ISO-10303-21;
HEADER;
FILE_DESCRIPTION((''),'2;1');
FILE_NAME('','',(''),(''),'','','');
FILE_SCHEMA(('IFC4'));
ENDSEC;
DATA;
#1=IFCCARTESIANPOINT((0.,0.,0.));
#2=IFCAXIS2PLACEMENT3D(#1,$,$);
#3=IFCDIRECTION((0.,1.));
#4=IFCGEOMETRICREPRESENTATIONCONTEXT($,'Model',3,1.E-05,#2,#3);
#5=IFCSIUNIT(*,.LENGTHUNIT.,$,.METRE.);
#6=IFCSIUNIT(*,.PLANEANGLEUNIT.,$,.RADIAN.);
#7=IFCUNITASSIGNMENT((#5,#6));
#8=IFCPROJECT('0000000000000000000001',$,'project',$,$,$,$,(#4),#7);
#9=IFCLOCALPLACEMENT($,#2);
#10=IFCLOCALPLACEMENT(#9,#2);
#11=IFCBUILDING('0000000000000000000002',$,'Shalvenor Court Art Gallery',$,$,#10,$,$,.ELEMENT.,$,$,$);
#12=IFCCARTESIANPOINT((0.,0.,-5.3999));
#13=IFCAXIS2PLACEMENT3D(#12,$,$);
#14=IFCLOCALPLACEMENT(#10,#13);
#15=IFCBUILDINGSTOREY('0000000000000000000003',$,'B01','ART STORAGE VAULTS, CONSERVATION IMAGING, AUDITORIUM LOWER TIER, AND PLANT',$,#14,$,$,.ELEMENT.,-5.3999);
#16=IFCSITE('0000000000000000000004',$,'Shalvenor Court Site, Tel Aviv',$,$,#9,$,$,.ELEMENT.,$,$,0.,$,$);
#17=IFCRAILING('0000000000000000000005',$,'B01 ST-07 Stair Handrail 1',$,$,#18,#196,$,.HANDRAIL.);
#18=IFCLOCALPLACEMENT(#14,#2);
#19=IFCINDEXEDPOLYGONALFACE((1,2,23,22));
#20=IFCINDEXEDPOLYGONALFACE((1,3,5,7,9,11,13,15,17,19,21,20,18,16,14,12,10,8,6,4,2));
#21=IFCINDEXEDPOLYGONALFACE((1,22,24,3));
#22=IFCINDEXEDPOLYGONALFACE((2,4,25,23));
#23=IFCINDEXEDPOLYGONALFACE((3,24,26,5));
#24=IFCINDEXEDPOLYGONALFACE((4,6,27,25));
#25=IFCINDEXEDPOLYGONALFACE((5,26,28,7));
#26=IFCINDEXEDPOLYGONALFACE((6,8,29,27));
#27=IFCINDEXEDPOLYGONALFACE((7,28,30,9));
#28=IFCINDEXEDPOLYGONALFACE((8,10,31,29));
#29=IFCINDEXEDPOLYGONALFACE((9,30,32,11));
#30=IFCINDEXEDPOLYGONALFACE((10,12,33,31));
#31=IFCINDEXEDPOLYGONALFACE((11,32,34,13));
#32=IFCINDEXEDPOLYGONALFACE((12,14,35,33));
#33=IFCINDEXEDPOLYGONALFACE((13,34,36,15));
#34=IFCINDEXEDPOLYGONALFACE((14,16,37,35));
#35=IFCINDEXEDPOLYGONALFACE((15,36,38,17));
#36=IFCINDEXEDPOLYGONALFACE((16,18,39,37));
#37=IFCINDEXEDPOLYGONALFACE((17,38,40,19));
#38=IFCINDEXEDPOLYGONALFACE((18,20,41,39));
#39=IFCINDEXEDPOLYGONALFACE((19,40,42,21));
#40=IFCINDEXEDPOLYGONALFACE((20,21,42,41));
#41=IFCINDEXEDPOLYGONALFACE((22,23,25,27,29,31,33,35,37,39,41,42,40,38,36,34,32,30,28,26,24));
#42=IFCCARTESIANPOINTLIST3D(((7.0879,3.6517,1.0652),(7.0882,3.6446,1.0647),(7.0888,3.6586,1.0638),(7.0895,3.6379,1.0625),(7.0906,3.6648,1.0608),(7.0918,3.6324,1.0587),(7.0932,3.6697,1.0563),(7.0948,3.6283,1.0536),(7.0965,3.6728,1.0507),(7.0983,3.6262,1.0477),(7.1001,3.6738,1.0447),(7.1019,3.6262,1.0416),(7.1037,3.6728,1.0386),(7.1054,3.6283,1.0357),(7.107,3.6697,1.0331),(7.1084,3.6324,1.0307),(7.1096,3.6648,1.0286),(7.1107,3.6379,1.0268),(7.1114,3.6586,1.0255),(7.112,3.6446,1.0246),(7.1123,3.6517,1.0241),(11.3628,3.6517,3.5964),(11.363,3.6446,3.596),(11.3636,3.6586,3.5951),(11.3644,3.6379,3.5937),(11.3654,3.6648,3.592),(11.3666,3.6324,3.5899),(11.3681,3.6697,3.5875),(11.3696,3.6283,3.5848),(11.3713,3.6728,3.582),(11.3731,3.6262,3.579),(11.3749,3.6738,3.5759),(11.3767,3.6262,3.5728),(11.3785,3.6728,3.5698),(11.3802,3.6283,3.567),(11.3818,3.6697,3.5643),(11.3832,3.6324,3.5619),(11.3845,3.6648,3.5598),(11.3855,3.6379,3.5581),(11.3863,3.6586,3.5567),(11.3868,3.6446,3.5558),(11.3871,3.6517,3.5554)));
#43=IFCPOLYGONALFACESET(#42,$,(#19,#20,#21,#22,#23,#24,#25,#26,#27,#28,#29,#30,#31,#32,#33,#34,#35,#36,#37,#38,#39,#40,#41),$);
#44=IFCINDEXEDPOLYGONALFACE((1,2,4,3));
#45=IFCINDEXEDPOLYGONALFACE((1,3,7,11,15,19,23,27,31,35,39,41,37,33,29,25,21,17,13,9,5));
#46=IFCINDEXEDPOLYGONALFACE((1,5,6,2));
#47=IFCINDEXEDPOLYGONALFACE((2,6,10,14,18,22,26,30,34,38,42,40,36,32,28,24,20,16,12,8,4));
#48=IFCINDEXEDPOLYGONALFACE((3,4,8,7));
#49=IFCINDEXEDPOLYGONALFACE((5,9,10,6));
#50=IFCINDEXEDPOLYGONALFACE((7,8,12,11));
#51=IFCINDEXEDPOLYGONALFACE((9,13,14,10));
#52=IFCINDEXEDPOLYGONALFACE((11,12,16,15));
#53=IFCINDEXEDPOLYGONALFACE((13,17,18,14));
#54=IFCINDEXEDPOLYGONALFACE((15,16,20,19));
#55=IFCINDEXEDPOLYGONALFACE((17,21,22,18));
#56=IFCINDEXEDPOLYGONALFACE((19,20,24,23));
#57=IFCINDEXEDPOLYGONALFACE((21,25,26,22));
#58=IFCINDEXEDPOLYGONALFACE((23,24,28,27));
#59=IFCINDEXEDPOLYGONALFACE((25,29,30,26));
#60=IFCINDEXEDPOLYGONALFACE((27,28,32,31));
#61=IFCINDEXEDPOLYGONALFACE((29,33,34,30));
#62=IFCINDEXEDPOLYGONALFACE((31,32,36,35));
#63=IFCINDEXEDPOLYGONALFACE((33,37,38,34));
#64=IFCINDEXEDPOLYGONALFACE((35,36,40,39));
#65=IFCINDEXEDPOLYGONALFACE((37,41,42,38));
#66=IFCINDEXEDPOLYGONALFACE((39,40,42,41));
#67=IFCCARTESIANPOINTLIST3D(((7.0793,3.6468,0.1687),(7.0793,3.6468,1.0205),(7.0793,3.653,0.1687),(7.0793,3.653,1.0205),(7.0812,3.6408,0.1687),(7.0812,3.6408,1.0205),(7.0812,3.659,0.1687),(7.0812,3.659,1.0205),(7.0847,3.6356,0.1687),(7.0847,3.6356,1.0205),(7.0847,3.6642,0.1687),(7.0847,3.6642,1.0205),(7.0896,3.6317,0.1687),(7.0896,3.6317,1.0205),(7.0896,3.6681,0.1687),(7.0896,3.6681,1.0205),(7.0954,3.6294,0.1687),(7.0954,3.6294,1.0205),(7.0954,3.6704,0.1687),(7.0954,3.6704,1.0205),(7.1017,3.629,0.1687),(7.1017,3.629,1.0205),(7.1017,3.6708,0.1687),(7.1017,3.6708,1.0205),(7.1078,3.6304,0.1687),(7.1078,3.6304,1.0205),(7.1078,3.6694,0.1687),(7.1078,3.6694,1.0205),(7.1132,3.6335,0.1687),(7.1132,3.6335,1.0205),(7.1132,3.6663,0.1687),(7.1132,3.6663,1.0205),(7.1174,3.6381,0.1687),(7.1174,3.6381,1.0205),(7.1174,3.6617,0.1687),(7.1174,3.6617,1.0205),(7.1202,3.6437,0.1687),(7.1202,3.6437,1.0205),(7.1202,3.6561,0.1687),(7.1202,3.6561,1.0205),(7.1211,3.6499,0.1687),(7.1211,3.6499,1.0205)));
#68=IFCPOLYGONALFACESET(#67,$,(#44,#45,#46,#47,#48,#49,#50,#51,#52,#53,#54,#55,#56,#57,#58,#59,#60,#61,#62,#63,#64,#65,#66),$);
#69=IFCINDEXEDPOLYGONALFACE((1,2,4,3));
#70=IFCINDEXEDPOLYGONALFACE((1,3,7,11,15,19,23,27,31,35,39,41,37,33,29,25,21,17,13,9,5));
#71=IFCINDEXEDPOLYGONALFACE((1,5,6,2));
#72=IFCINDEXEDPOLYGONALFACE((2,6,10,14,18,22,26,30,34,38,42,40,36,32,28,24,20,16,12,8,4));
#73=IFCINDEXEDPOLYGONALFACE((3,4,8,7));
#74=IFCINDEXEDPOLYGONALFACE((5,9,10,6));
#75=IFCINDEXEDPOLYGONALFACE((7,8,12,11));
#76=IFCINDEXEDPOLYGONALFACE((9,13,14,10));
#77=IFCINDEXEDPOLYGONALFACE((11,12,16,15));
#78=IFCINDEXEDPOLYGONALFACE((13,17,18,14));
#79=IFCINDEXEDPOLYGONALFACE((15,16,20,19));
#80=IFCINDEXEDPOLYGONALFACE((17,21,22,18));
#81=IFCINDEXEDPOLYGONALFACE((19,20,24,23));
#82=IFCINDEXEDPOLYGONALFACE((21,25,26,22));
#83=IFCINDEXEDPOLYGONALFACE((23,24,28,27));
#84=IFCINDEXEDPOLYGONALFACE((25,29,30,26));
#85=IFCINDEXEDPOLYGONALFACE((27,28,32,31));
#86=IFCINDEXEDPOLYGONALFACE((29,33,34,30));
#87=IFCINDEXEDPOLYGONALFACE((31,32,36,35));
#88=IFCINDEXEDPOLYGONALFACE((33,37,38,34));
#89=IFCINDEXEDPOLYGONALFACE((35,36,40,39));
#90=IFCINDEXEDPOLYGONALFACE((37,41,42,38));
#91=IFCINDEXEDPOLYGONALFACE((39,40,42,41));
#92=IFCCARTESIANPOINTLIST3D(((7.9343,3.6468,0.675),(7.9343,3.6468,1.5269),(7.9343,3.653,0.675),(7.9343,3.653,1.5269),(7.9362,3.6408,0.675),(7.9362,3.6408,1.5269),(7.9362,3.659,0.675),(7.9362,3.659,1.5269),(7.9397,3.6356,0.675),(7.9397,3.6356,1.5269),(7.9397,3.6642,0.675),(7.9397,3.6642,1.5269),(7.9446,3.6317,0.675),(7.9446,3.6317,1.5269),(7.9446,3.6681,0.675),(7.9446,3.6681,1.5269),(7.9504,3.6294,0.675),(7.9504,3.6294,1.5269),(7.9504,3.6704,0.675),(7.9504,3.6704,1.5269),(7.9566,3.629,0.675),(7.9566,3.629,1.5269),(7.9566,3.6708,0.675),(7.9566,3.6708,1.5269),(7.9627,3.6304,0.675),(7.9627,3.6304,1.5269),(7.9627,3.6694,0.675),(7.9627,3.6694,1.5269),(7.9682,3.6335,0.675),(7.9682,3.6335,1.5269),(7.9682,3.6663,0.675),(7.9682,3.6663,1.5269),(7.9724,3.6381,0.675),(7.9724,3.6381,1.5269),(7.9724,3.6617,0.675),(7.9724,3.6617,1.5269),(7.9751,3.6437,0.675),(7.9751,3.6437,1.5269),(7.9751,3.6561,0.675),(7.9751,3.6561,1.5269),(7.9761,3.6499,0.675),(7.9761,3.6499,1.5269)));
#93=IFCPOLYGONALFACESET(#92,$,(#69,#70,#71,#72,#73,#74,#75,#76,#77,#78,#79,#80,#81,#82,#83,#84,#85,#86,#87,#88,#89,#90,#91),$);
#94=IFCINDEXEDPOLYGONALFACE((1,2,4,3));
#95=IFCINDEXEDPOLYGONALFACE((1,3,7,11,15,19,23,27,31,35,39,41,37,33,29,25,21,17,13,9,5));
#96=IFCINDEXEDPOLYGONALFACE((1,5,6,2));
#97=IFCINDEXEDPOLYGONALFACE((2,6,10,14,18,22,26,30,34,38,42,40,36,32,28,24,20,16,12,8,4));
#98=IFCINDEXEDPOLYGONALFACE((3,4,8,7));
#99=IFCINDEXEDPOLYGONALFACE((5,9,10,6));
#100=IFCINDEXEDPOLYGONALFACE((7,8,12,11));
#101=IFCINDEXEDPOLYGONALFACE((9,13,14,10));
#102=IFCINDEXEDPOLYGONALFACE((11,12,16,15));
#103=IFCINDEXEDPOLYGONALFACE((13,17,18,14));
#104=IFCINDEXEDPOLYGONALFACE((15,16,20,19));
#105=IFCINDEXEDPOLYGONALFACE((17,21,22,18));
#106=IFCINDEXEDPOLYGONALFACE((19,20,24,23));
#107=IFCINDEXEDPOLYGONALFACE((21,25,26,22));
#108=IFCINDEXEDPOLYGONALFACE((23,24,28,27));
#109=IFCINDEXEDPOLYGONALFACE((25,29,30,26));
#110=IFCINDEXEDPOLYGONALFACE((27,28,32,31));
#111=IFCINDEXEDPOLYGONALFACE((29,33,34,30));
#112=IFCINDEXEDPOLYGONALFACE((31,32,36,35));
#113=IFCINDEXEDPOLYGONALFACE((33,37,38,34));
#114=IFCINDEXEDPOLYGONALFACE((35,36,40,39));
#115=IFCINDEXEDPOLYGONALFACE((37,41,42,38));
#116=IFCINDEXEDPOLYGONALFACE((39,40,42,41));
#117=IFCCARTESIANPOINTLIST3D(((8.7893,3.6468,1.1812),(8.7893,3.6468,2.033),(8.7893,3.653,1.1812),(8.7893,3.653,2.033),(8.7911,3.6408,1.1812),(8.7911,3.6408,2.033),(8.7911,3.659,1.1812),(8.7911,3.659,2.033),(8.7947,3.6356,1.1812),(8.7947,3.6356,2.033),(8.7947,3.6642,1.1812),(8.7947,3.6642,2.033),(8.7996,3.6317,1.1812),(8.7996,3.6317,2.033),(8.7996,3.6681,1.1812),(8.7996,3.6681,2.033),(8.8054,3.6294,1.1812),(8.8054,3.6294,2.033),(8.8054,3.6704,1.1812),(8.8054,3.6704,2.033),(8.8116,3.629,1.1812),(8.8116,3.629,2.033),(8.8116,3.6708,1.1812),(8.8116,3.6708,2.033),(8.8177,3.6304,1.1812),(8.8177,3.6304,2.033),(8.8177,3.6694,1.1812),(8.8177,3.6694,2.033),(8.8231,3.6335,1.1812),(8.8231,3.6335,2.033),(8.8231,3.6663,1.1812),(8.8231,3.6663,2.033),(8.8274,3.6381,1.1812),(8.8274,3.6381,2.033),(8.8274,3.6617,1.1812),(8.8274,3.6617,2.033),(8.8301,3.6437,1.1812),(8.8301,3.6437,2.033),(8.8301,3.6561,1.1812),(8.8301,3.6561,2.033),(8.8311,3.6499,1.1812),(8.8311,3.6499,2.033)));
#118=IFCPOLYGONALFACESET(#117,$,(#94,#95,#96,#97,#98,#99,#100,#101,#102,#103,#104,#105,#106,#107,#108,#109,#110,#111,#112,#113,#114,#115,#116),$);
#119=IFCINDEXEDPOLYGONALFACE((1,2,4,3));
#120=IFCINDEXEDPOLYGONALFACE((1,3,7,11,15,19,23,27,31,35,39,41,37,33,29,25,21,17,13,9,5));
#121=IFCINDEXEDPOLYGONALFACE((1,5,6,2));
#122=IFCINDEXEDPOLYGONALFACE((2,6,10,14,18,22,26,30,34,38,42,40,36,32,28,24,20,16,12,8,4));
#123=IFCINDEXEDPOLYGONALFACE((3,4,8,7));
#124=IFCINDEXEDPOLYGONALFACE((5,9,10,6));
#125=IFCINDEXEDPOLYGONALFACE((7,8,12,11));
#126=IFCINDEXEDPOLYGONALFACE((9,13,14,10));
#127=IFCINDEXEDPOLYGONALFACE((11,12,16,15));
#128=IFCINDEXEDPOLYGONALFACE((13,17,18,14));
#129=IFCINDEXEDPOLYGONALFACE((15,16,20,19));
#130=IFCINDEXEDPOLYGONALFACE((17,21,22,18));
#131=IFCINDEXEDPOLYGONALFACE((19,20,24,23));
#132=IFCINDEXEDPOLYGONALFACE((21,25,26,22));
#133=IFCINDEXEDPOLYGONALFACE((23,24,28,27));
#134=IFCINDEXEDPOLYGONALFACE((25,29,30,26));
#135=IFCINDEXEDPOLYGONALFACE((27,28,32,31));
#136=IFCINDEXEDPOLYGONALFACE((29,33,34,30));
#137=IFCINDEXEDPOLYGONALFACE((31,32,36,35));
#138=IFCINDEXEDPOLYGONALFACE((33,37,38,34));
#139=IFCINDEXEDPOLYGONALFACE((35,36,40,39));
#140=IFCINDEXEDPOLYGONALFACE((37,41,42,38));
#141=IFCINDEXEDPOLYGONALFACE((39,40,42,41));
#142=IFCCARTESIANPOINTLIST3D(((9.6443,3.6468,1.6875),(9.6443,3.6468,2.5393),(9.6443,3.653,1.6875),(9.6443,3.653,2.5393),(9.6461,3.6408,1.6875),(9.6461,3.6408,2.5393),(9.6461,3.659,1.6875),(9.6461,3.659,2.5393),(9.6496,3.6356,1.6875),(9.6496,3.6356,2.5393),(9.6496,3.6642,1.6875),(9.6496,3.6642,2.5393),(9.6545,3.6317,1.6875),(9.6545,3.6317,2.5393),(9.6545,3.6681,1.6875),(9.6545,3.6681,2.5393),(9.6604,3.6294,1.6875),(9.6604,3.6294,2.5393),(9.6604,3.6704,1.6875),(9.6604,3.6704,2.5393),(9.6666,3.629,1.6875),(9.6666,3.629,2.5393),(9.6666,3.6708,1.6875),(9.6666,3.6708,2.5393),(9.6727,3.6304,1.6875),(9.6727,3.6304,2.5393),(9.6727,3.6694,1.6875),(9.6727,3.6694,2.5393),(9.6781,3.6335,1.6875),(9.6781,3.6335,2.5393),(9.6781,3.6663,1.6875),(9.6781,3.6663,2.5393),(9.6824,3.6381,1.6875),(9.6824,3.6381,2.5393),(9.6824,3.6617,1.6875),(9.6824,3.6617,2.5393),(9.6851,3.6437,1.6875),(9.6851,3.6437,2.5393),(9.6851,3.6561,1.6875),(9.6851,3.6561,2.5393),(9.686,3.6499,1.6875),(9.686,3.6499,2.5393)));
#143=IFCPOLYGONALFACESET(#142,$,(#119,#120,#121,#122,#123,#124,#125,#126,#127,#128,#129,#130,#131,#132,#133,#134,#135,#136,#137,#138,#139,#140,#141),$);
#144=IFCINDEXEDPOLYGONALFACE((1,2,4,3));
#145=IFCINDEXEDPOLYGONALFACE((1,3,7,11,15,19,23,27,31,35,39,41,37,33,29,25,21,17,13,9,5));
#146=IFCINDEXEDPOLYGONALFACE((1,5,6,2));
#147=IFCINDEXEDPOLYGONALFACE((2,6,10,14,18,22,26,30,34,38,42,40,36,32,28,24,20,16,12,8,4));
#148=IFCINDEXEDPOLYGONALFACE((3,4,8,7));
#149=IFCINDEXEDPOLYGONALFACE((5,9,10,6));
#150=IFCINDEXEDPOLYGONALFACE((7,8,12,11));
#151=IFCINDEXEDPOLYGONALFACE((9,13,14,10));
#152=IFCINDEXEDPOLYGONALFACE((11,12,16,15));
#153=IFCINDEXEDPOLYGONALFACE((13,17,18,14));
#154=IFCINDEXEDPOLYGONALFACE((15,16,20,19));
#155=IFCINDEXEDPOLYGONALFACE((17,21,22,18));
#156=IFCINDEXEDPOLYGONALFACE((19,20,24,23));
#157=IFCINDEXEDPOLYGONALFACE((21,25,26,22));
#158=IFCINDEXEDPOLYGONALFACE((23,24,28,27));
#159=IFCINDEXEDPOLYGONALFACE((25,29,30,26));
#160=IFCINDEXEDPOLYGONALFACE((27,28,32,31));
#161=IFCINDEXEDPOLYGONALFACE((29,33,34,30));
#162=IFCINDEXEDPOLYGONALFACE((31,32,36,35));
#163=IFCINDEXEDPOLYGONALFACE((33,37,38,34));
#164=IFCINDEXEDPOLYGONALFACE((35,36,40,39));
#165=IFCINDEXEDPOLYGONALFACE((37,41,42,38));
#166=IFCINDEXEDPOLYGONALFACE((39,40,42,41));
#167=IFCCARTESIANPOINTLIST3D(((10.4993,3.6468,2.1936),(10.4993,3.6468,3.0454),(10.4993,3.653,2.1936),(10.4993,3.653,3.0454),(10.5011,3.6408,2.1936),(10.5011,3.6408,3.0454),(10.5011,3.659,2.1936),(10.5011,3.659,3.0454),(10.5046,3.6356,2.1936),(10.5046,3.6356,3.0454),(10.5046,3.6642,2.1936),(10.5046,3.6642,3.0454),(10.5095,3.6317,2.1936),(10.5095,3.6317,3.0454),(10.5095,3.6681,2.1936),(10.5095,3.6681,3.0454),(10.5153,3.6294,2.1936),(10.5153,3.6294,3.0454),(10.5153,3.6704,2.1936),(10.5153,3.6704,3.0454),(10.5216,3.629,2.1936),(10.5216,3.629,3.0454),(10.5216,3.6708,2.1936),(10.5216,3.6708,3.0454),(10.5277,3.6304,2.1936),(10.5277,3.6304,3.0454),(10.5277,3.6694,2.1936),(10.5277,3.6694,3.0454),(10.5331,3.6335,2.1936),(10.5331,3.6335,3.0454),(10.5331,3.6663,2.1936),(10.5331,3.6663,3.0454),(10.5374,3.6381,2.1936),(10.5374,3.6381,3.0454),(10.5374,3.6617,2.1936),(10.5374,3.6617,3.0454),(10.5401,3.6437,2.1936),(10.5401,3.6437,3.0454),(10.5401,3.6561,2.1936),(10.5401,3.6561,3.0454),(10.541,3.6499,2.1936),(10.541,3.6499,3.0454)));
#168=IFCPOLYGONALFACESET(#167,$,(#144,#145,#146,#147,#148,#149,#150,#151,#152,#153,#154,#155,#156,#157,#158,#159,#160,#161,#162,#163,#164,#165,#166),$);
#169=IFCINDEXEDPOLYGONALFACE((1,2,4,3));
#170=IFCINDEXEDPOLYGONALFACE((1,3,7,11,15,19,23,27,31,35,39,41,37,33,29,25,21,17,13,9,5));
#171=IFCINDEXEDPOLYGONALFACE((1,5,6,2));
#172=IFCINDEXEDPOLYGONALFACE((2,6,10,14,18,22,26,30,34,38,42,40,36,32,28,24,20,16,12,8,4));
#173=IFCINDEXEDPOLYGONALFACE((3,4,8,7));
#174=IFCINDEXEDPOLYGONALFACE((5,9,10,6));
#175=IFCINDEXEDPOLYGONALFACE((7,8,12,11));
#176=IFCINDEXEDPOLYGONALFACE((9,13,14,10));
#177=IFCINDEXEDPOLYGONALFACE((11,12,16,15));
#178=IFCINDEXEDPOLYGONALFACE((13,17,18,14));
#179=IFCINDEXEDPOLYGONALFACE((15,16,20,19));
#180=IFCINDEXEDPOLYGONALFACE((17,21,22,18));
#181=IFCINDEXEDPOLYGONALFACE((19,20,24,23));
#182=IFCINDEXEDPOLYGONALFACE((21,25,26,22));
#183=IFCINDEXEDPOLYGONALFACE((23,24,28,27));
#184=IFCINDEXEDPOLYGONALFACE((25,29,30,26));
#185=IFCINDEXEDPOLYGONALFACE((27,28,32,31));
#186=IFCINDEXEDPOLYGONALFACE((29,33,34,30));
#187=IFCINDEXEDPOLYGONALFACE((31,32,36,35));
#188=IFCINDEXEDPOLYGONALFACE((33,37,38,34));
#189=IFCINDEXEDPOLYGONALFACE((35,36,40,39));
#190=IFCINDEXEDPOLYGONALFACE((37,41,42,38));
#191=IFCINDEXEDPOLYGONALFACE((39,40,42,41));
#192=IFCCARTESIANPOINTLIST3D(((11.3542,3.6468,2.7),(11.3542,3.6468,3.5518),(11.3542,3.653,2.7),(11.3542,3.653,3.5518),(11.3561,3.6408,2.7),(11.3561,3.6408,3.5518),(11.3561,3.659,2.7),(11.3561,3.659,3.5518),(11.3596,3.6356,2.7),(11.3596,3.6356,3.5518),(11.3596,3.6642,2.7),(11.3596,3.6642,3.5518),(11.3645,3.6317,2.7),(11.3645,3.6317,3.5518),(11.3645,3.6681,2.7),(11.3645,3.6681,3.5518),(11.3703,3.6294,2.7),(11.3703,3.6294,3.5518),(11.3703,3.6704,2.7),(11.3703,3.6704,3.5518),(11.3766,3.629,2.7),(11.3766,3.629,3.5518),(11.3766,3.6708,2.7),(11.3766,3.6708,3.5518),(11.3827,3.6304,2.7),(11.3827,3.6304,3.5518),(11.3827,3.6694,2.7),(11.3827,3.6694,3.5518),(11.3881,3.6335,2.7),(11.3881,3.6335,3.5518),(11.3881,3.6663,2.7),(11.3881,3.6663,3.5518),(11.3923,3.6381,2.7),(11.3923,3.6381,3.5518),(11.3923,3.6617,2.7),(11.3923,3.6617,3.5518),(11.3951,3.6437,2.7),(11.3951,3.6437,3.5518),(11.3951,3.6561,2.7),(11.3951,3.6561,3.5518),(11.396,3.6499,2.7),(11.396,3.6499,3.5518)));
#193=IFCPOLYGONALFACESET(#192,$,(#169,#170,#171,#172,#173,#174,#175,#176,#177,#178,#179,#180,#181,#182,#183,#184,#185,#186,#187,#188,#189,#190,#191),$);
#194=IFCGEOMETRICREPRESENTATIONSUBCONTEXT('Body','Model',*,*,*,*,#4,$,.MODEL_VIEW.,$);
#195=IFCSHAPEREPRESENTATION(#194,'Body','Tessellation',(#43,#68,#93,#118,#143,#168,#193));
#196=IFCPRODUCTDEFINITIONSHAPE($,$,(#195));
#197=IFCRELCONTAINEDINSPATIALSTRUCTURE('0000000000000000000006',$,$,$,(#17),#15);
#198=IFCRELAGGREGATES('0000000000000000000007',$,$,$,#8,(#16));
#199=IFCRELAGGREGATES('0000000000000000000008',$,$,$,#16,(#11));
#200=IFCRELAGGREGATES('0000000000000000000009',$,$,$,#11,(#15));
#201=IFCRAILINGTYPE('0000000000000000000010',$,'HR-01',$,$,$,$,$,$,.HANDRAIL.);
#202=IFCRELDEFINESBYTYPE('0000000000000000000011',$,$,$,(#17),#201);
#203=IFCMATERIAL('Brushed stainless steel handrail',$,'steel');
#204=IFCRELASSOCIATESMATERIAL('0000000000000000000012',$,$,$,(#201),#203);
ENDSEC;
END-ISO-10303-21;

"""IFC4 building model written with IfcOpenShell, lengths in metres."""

from ifc_helpers import new_model, si_unit, direction, frame, origin, origin_2d, place, context, subcontext, project, spatial, circle, extrude, material, type_object, element, save


model = new_model("IFC4")

# Units and contexts
model_context = context("Model", 3, precision=1e-05, world=origin(), true_north=direction((0.0, 1.0)))
body_context = subcontext(model_context, "Body", "Model", "MODEL_VIEW")
ifc_project = project(units=[si_unit("LENGTHUNIT", "METRE"), si_unit("PLANEANGLEUNIT", "RADIAN")], contexts=[model_context])

# Site, building, storey
site_placement = place(None, origin())
site = spatial("IfcSite", under=ifc_project, at=site_placement, Name="Shalvenor Court Site, Tel Aviv", CompositionType="ELEMENT", RefElevation=0.0)
building_placement = place(site_placement, origin())
building = spatial("IfcBuilding", under=site, at=building_placement, Name="Shalvenor Court Art Gallery", CompositionType="ELEMENT")
storey_placement = place(building_placement, frame((0.0, 0.0, -5.3999)))
storey = spatial("IfcBuildingStorey", under=building, at=storey_placement, Name="B01", Description="ART STORAGE VAULTS, CONSERVATION IMAGING, AUDITORIUM LOWER TIER, AND PLANT", CompositionType="ELEMENT", Elevation=-5.3999)

# Railing
ifc_material_1 = material(Name="Brushed stainless steel handrail", Category="steel")
railing_type_1 = type_object("IfcRailingType", Name="HR-01", PredefinedType="HANDRAIL", material=ifc_material_1)
railing_1_placement = place(storey_placement, frame((7.1001, 3.6499, 0.1687)))
element("IfcRailing", 1, at=railing_1_placement, inside=storey, type_object=railing_type_1, Name="B01 ST-07 Stair Handrail 1", PredefinedType="HANDRAIL", context=body_context, shape_type="SweptSolid", body=[
    extrude(circle(Radius=0.0239, at=origin_2d()), frame((0.0, 0.0, 0.876), z_axis=(0.86047, 0.0, 0.509501), x_axis=(0.0, 1.0, 0.0)), (0.0, 0.0, 1.0), 4.968),
    extrude(circle(Radius=0.021, at=origin_2d()), origin(), (0.0, 0.0, 1.0), 0.8518),
    extrude(circle(Radius=0.021, at=origin_2d()), frame((0.855, 0.0, 0.5063)), (0.0, 0.0, 1.0), 0.8518),
    extrude(circle(Radius=0.021, at=origin_2d()), frame((1.71, 0.0, 1.0125)), (0.0, 0.0, 1.0), 0.8518),
    extrude(circle(Radius=0.021, at=origin_2d()), frame((2.5649, 0.0, 1.5188)), (0.0, 0.0, 1.0), 0.8518),
    extrude(circle(Radius=0.021, at=origin_2d()), frame((3.4199, 0.0, 2.0249)), (0.0, 0.0, 1.0), 0.8518),
    extrude(circle(Radius=0.021, at=origin_2d()), frame((4.2749, 0.0, 2.5312)), (0.0, 0.0, 1.0), 0.8518),
])

save(model, "model.ifc")
